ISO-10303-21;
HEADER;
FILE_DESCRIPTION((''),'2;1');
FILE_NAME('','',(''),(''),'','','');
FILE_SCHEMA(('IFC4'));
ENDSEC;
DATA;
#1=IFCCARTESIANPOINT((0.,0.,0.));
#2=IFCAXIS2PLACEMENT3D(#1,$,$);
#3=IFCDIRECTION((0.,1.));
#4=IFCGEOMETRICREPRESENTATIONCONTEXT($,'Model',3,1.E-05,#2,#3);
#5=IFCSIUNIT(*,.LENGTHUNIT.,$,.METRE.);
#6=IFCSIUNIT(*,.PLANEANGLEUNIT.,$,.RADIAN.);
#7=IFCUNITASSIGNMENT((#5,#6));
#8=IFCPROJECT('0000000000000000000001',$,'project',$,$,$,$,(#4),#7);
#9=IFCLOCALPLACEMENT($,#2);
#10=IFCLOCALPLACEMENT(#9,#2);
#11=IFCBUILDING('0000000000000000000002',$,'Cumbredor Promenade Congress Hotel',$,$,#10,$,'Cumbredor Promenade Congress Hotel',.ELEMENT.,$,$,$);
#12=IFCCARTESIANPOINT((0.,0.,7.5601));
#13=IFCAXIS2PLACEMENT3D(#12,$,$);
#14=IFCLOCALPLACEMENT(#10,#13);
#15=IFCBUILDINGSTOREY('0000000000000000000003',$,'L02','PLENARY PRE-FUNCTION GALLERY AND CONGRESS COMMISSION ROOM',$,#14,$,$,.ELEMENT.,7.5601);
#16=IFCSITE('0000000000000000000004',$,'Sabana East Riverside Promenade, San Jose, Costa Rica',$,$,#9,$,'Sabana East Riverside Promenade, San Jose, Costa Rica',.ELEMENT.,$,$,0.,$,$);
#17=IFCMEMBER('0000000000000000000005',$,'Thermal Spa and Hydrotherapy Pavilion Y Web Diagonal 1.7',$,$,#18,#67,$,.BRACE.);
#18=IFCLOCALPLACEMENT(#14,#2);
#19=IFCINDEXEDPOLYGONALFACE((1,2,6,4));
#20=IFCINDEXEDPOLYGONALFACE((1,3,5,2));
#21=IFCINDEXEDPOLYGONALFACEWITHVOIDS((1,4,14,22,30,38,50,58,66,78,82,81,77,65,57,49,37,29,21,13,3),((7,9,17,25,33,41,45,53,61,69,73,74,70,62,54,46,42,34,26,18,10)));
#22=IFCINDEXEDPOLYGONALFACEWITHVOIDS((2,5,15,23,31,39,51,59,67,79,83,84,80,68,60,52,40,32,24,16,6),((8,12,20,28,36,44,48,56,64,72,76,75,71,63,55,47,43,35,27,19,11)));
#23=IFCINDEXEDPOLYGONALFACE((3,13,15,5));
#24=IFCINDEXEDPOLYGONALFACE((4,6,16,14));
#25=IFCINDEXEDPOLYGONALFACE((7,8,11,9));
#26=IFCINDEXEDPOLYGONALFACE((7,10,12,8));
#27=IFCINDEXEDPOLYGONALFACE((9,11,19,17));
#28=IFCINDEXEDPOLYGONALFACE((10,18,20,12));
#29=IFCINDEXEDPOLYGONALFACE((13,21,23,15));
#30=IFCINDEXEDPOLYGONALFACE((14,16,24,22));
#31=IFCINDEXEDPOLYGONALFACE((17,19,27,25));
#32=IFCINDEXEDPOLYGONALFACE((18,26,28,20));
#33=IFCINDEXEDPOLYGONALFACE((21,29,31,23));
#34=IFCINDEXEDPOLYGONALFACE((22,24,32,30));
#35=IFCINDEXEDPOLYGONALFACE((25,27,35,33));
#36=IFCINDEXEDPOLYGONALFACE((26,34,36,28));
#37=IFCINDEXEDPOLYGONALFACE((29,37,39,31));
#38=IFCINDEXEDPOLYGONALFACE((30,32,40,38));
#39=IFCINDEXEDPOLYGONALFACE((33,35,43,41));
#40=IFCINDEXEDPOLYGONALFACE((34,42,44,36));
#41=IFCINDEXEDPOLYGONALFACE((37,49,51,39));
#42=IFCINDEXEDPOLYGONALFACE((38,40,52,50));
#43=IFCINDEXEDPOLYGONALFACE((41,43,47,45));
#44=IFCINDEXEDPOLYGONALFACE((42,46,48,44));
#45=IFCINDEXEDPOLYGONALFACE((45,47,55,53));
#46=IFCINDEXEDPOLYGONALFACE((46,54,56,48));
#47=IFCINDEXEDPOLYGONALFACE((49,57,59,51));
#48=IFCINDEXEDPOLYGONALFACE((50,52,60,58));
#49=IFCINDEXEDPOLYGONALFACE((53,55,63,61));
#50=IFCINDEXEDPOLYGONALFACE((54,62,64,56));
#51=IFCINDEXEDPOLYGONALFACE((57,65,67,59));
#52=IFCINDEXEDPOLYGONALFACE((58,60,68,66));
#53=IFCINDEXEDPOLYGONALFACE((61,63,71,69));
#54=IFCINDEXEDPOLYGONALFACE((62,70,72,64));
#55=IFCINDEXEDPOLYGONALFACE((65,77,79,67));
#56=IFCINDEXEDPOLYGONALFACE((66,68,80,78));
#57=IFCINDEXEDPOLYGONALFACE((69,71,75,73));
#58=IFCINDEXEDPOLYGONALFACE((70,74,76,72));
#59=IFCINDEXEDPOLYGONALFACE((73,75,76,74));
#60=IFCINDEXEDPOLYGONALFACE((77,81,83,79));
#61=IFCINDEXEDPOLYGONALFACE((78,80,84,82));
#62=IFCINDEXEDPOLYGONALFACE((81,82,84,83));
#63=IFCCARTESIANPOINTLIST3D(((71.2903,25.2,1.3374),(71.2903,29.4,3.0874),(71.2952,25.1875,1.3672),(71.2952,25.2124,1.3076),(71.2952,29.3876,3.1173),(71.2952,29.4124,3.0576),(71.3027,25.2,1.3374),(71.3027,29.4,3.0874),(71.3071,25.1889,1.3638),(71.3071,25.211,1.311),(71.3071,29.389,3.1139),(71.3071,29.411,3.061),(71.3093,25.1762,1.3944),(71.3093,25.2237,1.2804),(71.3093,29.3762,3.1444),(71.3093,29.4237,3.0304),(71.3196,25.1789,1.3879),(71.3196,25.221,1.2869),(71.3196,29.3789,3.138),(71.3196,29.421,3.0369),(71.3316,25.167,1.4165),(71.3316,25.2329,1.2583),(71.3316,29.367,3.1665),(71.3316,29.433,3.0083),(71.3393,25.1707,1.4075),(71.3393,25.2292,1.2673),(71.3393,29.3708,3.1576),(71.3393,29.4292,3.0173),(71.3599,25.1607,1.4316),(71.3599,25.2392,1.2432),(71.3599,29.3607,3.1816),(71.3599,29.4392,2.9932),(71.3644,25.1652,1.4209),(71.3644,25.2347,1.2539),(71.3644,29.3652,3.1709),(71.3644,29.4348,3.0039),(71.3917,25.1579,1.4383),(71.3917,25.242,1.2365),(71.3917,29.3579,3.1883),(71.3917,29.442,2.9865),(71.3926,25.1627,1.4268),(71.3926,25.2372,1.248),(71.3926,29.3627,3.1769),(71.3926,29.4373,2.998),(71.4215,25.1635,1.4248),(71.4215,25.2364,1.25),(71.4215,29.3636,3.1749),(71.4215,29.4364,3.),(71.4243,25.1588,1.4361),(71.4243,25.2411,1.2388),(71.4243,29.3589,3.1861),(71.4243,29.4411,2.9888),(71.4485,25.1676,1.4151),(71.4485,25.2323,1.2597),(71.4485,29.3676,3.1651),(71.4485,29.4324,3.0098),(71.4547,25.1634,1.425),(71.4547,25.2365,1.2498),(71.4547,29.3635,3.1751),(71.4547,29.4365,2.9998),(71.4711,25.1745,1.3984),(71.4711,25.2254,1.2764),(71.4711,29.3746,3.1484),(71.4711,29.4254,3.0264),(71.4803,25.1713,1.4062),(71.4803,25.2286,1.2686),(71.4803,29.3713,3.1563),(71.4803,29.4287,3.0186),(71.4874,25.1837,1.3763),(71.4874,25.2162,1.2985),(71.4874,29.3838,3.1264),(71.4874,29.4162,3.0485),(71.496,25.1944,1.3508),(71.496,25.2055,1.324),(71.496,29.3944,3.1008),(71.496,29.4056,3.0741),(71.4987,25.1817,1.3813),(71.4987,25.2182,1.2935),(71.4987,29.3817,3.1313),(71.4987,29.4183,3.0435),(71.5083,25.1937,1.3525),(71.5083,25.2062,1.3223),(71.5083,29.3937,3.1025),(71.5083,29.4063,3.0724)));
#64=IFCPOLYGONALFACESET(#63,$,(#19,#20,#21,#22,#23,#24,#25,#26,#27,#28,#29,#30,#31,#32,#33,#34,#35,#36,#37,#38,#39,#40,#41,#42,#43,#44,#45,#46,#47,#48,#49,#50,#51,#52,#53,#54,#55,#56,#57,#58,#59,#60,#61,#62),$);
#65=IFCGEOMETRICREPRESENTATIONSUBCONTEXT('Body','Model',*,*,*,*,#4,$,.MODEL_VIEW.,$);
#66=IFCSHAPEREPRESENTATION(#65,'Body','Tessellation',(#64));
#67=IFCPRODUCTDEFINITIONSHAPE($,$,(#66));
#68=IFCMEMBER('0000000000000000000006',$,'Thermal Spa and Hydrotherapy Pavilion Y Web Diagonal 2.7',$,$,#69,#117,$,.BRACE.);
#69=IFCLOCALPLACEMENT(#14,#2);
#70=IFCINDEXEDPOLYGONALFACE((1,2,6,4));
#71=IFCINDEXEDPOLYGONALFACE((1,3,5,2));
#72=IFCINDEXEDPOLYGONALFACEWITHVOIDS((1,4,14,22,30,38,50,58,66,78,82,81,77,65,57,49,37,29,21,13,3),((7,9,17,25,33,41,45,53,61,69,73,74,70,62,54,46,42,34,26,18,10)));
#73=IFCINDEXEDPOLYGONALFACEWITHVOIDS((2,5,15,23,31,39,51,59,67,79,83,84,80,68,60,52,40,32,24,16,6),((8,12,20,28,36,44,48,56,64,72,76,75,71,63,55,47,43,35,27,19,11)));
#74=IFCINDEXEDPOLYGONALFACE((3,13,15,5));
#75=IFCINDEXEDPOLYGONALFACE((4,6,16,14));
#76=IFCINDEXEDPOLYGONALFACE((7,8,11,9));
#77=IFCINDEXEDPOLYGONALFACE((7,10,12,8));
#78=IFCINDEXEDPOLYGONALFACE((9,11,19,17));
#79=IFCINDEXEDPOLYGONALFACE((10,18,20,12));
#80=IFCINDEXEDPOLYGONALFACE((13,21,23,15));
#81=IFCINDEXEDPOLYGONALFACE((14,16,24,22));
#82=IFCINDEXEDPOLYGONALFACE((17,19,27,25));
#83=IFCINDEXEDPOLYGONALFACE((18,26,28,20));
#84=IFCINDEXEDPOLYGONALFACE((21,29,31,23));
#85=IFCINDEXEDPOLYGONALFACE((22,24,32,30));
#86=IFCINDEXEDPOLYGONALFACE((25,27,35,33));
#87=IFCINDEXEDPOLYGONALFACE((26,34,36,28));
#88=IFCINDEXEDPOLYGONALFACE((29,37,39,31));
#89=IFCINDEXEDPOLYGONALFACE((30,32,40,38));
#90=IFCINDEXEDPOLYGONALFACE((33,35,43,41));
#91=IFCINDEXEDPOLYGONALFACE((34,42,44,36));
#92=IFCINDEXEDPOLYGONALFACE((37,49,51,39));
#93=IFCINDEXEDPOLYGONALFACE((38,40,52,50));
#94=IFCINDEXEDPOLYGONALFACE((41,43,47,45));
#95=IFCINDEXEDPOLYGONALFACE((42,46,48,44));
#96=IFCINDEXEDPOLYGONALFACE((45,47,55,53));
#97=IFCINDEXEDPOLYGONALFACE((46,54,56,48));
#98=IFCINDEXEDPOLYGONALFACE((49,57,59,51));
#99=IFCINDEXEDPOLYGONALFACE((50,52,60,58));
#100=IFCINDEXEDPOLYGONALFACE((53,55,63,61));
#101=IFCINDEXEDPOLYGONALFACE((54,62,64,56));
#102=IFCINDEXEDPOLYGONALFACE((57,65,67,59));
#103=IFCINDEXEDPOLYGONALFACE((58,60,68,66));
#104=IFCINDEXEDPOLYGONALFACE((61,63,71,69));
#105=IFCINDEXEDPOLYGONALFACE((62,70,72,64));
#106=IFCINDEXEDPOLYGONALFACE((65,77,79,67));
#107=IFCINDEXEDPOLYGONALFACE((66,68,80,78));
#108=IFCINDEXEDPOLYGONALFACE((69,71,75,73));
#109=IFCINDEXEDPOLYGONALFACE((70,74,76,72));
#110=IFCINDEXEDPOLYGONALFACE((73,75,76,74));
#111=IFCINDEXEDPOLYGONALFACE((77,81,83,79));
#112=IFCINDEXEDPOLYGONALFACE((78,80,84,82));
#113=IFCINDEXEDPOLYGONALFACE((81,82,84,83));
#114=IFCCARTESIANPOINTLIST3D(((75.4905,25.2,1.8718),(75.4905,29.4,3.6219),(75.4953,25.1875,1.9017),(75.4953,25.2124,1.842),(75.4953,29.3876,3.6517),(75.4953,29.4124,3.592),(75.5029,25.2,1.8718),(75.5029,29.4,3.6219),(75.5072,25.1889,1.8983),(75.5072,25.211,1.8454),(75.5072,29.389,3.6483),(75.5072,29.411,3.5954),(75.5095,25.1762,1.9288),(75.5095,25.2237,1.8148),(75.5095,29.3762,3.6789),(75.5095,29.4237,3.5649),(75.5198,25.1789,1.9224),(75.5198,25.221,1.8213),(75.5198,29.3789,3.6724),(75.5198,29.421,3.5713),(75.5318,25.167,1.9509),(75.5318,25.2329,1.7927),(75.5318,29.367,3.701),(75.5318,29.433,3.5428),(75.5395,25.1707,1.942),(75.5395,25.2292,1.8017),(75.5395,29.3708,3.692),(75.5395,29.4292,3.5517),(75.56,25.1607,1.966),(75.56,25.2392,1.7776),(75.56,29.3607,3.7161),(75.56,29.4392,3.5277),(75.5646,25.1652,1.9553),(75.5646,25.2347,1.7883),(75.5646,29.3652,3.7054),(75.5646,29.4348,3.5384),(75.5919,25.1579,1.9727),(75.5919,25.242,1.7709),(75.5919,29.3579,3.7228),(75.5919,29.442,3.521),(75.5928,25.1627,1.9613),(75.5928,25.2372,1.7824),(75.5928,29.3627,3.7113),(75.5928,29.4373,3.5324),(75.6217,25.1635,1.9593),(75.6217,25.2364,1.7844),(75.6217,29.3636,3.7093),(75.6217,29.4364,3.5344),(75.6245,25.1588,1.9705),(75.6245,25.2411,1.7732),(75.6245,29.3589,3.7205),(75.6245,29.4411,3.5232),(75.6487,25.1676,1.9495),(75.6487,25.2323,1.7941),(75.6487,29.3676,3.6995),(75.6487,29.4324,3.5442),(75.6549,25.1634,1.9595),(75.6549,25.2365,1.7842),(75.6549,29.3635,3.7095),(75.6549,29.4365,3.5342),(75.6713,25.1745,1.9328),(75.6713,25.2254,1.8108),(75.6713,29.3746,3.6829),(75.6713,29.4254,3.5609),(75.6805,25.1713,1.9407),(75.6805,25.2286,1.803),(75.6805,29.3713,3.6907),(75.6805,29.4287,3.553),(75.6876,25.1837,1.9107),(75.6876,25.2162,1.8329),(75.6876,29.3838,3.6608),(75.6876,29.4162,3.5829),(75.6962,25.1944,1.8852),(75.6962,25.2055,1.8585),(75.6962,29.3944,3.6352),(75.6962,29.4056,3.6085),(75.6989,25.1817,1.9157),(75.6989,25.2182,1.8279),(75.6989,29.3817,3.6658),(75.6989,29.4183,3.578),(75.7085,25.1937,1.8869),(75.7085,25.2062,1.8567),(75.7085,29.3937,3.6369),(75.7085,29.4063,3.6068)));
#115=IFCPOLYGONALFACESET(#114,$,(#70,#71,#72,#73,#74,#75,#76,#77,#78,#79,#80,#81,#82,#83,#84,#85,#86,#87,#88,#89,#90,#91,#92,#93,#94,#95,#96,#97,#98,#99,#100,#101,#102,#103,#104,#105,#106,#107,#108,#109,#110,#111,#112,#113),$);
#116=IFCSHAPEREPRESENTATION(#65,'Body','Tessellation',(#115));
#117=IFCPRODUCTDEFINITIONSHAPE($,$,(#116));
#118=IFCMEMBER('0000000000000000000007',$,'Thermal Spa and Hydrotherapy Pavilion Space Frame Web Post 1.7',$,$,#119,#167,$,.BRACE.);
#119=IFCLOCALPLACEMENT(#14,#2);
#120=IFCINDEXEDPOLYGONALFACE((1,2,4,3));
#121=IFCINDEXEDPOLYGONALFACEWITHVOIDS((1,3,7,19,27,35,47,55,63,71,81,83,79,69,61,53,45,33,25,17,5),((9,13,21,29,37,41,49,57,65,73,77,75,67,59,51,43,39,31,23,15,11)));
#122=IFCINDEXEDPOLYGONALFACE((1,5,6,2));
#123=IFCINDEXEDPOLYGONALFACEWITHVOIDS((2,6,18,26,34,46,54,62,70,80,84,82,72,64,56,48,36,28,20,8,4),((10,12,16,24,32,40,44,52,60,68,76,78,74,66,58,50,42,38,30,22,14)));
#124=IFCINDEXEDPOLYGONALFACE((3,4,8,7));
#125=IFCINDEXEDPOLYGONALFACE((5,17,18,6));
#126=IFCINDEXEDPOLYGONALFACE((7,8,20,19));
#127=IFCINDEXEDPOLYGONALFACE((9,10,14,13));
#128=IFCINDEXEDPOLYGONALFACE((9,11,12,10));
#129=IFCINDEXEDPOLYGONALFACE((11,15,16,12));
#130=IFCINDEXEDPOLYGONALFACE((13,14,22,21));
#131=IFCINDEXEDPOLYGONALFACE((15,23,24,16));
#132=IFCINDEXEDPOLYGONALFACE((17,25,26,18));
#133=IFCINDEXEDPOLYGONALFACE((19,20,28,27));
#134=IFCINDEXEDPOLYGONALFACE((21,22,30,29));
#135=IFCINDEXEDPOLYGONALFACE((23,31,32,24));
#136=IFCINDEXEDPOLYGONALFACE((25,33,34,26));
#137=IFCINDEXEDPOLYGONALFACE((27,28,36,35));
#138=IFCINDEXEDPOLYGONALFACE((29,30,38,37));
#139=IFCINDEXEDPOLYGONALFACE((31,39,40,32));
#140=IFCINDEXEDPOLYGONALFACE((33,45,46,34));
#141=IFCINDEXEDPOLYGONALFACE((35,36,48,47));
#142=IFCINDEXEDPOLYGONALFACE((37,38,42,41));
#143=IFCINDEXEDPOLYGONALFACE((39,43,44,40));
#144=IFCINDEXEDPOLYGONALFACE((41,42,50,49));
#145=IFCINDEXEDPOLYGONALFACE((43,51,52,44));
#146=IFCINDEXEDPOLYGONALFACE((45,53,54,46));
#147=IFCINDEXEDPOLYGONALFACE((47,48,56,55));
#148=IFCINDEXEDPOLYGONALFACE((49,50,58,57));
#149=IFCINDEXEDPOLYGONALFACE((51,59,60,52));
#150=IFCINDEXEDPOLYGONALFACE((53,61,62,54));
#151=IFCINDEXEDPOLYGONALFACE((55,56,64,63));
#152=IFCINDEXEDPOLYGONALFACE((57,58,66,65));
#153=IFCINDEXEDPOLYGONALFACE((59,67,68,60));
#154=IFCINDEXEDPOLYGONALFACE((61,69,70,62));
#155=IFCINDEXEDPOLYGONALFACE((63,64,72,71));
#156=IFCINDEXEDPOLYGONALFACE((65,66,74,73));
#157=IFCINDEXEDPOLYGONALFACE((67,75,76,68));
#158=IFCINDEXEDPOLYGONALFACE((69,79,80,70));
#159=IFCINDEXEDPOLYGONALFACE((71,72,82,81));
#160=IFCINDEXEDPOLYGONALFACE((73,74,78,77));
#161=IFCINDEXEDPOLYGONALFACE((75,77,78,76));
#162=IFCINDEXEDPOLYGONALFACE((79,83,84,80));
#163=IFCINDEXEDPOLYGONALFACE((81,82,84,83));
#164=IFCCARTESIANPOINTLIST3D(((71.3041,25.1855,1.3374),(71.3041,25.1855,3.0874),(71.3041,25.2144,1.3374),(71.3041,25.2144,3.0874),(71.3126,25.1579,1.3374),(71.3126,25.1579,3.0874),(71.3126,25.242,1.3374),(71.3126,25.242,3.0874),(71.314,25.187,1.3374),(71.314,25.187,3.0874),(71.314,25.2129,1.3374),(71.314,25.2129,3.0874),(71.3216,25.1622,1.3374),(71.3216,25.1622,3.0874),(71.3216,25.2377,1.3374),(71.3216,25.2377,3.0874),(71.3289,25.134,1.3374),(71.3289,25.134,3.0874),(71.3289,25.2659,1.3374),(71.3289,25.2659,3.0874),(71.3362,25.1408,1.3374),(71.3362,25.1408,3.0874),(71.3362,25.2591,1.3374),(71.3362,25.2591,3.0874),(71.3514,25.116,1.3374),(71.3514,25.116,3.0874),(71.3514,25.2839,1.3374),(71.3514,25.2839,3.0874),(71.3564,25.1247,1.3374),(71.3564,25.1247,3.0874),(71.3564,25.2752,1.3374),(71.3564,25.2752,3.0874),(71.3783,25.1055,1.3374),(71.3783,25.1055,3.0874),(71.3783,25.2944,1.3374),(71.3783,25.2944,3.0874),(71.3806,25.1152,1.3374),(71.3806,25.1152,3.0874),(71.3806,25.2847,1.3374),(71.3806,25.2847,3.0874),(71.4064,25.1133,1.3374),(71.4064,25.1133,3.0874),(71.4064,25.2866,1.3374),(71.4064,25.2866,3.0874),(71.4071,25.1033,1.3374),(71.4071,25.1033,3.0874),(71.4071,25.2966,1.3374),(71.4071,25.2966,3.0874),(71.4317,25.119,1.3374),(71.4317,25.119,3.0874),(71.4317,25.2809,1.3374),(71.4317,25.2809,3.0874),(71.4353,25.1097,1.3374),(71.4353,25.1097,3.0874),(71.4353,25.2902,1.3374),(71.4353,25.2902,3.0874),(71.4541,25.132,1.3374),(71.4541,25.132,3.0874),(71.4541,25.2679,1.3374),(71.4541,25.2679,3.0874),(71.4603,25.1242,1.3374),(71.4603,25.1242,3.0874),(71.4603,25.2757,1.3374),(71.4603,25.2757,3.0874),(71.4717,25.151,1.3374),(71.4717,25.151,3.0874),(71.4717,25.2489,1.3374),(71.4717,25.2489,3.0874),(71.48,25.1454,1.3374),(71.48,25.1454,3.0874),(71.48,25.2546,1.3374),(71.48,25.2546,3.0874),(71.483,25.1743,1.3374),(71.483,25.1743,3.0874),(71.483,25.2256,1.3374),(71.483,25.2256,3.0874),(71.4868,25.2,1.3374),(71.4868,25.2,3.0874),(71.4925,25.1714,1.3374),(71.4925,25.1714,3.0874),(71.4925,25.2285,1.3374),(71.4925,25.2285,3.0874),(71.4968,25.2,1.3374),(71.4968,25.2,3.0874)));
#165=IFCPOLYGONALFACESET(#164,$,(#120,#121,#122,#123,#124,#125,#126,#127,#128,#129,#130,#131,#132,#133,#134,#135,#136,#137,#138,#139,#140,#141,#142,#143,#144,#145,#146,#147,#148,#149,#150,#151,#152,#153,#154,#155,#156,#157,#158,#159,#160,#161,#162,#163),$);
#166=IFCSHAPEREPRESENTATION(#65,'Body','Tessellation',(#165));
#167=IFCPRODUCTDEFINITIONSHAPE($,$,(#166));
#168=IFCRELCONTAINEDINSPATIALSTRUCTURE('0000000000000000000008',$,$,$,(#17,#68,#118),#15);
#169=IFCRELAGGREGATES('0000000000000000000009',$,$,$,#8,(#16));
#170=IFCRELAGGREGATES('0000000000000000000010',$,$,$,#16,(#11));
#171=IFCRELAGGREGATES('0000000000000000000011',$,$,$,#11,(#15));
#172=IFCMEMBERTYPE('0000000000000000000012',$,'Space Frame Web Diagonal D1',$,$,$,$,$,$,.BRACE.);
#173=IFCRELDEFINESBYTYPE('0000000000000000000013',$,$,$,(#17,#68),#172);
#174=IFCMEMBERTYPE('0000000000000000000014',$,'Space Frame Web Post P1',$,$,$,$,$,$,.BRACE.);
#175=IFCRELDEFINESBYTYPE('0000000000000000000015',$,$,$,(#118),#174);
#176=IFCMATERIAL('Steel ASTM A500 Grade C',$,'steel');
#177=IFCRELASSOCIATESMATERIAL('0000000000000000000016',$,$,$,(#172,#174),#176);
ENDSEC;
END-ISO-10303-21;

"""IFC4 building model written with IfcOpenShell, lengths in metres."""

from ifc_helpers import new_model, si_unit, direction, frame, origin, origin_2d, place, context, subcontext, project, spatial, hollow_circle, extrude, material, material_profile, profile_set, type_object, element, save


model = new_model("IFC4")

# Units and contexts
model_context = context("Model", 3, precision=1e-05, world=origin(), true_north=direction((0.0, 1.0)))
body_context = subcontext(model_context, "Body", "Model", "MODEL_VIEW")
ifc_project = project(units=[si_unit("LENGTHUNIT", "METRE"), si_unit("PLANEANGLEUNIT", "RADIAN")], contexts=[model_context])

# Site, building, storey
site_placement = place(None, origin())
site = spatial("IfcSite", under=ifc_project, at=site_placement, Name="Sabana East Riverside Promenade, San Jose, Costa Rica", LongName="Sabana East Riverside Promenade, San Jose, Costa Rica", CompositionType="ELEMENT", RefElevation=0.0)
building_placement = place(site_placement, origin())
building = spatial("IfcBuilding", under=site, at=building_placement, Name="Cumbredor Promenade Congress Hotel", LongName="Cumbredor Promenade Congress Hotel", CompositionType="ELEMENT")
storey_placement = place(building_placement, frame((0.0, 0.0, 7.5601)))
storey = spatial("IfcBuildingStorey", under=building, at=storey_placement, Name="L02", Description="PLENARY PRE-FUNCTION GALLERY AND CONGRESS COMMISSION ROOM", CompositionType="ELEMENT", Elevation=7.5601)

# Members
ifc_material_1 = material(Name="Steel ASTM A500 Grade C", Category="steel")
ifc_material_profile_1 = material_profile(ifc_material_1, hollow_circle(Radius=0.1096, WallThickness=0.0125, at=origin_2d()), Name="CHS 219.1x12.5")
ifc_profile_set_1 = profile_set([ifc_material_profile_1], Name="Steel ASTM A500 Grade C")
member_type_1 = type_object("IfcMemberType", Name="Space Frame Web Diagonal D1", PredefinedType="BRACE", material=ifc_profile_set_1)
for number, where, z_axis, x_axis, name in (
    (1, (71.3999, 25.2, 1.3374), (0.0, 0.923075, 0.384619), (-1.0, 0.0, 0.0), "Thermal Spa and Hydrotherapy Pavilion Y Web Diagonal 1.7"),
    (2, (75.6001, 25.2, 1.8718), (0.0, 0.923075, 0.384619), (-1.0, 0.0, 0.0), "Thermal Spa and Hydrotherapy Pavilion Y Web Diagonal 2.7"),
):
    element("IfcMember", number, at=place(storey_placement, frame(where, z_axis=z_axis, x_axis=x_axis)), inside=storey, type_object=member_type_1, Name=name, PredefinedType="BRACE", context=body_context, shape_type="SweptSolid", body=[
        extrude(hollow_circle(Radius=0.1096, WallThickness=0.0125, at=origin_2d()), origin(), (0.0, 0.0, 1.0), 4.55),
    ])
ifc_material_profile_2 = material_profile(ifc_material_1, hollow_circle(Radius=0.0969, WallThickness=0.01, at=origin_2d()), Name="CHS 193.7x10")
ifc_profile_set_2 = profile_set([ifc_material_profile_2], Name="Steel ASTM A500 Grade C")
member_type_2 = type_object("IfcMemberType", Name="Space Frame Web Post P1", PredefinedType="BRACE", material=ifc_profile_set_2)
for number, where, z_axis, x_axis, name in (
    (3, (71.3999, 25.2, 1.3374), (0.0, 0.0, 1.0), (1.0, 0.0, 0.0), "Thermal Spa and Hydrotherapy Pavilion Space Frame Web Post 1.7"),
):
    element("IfcMember", number, at=place(storey_placement, frame(where, z_axis=z_axis, x_axis=x_axis)), inside=storey, type_object=member_type_2, Name=name, PredefinedType="BRACE", context=body_context, shape_type="SweptSolid", body=[
        extrude(hollow_circle(Radius=0.0969, WallThickness=0.01, at=origin_2d()), origin(), (0.0, 0.0, 1.0), 1.75),
    ])

save(model, "model.ifc")
